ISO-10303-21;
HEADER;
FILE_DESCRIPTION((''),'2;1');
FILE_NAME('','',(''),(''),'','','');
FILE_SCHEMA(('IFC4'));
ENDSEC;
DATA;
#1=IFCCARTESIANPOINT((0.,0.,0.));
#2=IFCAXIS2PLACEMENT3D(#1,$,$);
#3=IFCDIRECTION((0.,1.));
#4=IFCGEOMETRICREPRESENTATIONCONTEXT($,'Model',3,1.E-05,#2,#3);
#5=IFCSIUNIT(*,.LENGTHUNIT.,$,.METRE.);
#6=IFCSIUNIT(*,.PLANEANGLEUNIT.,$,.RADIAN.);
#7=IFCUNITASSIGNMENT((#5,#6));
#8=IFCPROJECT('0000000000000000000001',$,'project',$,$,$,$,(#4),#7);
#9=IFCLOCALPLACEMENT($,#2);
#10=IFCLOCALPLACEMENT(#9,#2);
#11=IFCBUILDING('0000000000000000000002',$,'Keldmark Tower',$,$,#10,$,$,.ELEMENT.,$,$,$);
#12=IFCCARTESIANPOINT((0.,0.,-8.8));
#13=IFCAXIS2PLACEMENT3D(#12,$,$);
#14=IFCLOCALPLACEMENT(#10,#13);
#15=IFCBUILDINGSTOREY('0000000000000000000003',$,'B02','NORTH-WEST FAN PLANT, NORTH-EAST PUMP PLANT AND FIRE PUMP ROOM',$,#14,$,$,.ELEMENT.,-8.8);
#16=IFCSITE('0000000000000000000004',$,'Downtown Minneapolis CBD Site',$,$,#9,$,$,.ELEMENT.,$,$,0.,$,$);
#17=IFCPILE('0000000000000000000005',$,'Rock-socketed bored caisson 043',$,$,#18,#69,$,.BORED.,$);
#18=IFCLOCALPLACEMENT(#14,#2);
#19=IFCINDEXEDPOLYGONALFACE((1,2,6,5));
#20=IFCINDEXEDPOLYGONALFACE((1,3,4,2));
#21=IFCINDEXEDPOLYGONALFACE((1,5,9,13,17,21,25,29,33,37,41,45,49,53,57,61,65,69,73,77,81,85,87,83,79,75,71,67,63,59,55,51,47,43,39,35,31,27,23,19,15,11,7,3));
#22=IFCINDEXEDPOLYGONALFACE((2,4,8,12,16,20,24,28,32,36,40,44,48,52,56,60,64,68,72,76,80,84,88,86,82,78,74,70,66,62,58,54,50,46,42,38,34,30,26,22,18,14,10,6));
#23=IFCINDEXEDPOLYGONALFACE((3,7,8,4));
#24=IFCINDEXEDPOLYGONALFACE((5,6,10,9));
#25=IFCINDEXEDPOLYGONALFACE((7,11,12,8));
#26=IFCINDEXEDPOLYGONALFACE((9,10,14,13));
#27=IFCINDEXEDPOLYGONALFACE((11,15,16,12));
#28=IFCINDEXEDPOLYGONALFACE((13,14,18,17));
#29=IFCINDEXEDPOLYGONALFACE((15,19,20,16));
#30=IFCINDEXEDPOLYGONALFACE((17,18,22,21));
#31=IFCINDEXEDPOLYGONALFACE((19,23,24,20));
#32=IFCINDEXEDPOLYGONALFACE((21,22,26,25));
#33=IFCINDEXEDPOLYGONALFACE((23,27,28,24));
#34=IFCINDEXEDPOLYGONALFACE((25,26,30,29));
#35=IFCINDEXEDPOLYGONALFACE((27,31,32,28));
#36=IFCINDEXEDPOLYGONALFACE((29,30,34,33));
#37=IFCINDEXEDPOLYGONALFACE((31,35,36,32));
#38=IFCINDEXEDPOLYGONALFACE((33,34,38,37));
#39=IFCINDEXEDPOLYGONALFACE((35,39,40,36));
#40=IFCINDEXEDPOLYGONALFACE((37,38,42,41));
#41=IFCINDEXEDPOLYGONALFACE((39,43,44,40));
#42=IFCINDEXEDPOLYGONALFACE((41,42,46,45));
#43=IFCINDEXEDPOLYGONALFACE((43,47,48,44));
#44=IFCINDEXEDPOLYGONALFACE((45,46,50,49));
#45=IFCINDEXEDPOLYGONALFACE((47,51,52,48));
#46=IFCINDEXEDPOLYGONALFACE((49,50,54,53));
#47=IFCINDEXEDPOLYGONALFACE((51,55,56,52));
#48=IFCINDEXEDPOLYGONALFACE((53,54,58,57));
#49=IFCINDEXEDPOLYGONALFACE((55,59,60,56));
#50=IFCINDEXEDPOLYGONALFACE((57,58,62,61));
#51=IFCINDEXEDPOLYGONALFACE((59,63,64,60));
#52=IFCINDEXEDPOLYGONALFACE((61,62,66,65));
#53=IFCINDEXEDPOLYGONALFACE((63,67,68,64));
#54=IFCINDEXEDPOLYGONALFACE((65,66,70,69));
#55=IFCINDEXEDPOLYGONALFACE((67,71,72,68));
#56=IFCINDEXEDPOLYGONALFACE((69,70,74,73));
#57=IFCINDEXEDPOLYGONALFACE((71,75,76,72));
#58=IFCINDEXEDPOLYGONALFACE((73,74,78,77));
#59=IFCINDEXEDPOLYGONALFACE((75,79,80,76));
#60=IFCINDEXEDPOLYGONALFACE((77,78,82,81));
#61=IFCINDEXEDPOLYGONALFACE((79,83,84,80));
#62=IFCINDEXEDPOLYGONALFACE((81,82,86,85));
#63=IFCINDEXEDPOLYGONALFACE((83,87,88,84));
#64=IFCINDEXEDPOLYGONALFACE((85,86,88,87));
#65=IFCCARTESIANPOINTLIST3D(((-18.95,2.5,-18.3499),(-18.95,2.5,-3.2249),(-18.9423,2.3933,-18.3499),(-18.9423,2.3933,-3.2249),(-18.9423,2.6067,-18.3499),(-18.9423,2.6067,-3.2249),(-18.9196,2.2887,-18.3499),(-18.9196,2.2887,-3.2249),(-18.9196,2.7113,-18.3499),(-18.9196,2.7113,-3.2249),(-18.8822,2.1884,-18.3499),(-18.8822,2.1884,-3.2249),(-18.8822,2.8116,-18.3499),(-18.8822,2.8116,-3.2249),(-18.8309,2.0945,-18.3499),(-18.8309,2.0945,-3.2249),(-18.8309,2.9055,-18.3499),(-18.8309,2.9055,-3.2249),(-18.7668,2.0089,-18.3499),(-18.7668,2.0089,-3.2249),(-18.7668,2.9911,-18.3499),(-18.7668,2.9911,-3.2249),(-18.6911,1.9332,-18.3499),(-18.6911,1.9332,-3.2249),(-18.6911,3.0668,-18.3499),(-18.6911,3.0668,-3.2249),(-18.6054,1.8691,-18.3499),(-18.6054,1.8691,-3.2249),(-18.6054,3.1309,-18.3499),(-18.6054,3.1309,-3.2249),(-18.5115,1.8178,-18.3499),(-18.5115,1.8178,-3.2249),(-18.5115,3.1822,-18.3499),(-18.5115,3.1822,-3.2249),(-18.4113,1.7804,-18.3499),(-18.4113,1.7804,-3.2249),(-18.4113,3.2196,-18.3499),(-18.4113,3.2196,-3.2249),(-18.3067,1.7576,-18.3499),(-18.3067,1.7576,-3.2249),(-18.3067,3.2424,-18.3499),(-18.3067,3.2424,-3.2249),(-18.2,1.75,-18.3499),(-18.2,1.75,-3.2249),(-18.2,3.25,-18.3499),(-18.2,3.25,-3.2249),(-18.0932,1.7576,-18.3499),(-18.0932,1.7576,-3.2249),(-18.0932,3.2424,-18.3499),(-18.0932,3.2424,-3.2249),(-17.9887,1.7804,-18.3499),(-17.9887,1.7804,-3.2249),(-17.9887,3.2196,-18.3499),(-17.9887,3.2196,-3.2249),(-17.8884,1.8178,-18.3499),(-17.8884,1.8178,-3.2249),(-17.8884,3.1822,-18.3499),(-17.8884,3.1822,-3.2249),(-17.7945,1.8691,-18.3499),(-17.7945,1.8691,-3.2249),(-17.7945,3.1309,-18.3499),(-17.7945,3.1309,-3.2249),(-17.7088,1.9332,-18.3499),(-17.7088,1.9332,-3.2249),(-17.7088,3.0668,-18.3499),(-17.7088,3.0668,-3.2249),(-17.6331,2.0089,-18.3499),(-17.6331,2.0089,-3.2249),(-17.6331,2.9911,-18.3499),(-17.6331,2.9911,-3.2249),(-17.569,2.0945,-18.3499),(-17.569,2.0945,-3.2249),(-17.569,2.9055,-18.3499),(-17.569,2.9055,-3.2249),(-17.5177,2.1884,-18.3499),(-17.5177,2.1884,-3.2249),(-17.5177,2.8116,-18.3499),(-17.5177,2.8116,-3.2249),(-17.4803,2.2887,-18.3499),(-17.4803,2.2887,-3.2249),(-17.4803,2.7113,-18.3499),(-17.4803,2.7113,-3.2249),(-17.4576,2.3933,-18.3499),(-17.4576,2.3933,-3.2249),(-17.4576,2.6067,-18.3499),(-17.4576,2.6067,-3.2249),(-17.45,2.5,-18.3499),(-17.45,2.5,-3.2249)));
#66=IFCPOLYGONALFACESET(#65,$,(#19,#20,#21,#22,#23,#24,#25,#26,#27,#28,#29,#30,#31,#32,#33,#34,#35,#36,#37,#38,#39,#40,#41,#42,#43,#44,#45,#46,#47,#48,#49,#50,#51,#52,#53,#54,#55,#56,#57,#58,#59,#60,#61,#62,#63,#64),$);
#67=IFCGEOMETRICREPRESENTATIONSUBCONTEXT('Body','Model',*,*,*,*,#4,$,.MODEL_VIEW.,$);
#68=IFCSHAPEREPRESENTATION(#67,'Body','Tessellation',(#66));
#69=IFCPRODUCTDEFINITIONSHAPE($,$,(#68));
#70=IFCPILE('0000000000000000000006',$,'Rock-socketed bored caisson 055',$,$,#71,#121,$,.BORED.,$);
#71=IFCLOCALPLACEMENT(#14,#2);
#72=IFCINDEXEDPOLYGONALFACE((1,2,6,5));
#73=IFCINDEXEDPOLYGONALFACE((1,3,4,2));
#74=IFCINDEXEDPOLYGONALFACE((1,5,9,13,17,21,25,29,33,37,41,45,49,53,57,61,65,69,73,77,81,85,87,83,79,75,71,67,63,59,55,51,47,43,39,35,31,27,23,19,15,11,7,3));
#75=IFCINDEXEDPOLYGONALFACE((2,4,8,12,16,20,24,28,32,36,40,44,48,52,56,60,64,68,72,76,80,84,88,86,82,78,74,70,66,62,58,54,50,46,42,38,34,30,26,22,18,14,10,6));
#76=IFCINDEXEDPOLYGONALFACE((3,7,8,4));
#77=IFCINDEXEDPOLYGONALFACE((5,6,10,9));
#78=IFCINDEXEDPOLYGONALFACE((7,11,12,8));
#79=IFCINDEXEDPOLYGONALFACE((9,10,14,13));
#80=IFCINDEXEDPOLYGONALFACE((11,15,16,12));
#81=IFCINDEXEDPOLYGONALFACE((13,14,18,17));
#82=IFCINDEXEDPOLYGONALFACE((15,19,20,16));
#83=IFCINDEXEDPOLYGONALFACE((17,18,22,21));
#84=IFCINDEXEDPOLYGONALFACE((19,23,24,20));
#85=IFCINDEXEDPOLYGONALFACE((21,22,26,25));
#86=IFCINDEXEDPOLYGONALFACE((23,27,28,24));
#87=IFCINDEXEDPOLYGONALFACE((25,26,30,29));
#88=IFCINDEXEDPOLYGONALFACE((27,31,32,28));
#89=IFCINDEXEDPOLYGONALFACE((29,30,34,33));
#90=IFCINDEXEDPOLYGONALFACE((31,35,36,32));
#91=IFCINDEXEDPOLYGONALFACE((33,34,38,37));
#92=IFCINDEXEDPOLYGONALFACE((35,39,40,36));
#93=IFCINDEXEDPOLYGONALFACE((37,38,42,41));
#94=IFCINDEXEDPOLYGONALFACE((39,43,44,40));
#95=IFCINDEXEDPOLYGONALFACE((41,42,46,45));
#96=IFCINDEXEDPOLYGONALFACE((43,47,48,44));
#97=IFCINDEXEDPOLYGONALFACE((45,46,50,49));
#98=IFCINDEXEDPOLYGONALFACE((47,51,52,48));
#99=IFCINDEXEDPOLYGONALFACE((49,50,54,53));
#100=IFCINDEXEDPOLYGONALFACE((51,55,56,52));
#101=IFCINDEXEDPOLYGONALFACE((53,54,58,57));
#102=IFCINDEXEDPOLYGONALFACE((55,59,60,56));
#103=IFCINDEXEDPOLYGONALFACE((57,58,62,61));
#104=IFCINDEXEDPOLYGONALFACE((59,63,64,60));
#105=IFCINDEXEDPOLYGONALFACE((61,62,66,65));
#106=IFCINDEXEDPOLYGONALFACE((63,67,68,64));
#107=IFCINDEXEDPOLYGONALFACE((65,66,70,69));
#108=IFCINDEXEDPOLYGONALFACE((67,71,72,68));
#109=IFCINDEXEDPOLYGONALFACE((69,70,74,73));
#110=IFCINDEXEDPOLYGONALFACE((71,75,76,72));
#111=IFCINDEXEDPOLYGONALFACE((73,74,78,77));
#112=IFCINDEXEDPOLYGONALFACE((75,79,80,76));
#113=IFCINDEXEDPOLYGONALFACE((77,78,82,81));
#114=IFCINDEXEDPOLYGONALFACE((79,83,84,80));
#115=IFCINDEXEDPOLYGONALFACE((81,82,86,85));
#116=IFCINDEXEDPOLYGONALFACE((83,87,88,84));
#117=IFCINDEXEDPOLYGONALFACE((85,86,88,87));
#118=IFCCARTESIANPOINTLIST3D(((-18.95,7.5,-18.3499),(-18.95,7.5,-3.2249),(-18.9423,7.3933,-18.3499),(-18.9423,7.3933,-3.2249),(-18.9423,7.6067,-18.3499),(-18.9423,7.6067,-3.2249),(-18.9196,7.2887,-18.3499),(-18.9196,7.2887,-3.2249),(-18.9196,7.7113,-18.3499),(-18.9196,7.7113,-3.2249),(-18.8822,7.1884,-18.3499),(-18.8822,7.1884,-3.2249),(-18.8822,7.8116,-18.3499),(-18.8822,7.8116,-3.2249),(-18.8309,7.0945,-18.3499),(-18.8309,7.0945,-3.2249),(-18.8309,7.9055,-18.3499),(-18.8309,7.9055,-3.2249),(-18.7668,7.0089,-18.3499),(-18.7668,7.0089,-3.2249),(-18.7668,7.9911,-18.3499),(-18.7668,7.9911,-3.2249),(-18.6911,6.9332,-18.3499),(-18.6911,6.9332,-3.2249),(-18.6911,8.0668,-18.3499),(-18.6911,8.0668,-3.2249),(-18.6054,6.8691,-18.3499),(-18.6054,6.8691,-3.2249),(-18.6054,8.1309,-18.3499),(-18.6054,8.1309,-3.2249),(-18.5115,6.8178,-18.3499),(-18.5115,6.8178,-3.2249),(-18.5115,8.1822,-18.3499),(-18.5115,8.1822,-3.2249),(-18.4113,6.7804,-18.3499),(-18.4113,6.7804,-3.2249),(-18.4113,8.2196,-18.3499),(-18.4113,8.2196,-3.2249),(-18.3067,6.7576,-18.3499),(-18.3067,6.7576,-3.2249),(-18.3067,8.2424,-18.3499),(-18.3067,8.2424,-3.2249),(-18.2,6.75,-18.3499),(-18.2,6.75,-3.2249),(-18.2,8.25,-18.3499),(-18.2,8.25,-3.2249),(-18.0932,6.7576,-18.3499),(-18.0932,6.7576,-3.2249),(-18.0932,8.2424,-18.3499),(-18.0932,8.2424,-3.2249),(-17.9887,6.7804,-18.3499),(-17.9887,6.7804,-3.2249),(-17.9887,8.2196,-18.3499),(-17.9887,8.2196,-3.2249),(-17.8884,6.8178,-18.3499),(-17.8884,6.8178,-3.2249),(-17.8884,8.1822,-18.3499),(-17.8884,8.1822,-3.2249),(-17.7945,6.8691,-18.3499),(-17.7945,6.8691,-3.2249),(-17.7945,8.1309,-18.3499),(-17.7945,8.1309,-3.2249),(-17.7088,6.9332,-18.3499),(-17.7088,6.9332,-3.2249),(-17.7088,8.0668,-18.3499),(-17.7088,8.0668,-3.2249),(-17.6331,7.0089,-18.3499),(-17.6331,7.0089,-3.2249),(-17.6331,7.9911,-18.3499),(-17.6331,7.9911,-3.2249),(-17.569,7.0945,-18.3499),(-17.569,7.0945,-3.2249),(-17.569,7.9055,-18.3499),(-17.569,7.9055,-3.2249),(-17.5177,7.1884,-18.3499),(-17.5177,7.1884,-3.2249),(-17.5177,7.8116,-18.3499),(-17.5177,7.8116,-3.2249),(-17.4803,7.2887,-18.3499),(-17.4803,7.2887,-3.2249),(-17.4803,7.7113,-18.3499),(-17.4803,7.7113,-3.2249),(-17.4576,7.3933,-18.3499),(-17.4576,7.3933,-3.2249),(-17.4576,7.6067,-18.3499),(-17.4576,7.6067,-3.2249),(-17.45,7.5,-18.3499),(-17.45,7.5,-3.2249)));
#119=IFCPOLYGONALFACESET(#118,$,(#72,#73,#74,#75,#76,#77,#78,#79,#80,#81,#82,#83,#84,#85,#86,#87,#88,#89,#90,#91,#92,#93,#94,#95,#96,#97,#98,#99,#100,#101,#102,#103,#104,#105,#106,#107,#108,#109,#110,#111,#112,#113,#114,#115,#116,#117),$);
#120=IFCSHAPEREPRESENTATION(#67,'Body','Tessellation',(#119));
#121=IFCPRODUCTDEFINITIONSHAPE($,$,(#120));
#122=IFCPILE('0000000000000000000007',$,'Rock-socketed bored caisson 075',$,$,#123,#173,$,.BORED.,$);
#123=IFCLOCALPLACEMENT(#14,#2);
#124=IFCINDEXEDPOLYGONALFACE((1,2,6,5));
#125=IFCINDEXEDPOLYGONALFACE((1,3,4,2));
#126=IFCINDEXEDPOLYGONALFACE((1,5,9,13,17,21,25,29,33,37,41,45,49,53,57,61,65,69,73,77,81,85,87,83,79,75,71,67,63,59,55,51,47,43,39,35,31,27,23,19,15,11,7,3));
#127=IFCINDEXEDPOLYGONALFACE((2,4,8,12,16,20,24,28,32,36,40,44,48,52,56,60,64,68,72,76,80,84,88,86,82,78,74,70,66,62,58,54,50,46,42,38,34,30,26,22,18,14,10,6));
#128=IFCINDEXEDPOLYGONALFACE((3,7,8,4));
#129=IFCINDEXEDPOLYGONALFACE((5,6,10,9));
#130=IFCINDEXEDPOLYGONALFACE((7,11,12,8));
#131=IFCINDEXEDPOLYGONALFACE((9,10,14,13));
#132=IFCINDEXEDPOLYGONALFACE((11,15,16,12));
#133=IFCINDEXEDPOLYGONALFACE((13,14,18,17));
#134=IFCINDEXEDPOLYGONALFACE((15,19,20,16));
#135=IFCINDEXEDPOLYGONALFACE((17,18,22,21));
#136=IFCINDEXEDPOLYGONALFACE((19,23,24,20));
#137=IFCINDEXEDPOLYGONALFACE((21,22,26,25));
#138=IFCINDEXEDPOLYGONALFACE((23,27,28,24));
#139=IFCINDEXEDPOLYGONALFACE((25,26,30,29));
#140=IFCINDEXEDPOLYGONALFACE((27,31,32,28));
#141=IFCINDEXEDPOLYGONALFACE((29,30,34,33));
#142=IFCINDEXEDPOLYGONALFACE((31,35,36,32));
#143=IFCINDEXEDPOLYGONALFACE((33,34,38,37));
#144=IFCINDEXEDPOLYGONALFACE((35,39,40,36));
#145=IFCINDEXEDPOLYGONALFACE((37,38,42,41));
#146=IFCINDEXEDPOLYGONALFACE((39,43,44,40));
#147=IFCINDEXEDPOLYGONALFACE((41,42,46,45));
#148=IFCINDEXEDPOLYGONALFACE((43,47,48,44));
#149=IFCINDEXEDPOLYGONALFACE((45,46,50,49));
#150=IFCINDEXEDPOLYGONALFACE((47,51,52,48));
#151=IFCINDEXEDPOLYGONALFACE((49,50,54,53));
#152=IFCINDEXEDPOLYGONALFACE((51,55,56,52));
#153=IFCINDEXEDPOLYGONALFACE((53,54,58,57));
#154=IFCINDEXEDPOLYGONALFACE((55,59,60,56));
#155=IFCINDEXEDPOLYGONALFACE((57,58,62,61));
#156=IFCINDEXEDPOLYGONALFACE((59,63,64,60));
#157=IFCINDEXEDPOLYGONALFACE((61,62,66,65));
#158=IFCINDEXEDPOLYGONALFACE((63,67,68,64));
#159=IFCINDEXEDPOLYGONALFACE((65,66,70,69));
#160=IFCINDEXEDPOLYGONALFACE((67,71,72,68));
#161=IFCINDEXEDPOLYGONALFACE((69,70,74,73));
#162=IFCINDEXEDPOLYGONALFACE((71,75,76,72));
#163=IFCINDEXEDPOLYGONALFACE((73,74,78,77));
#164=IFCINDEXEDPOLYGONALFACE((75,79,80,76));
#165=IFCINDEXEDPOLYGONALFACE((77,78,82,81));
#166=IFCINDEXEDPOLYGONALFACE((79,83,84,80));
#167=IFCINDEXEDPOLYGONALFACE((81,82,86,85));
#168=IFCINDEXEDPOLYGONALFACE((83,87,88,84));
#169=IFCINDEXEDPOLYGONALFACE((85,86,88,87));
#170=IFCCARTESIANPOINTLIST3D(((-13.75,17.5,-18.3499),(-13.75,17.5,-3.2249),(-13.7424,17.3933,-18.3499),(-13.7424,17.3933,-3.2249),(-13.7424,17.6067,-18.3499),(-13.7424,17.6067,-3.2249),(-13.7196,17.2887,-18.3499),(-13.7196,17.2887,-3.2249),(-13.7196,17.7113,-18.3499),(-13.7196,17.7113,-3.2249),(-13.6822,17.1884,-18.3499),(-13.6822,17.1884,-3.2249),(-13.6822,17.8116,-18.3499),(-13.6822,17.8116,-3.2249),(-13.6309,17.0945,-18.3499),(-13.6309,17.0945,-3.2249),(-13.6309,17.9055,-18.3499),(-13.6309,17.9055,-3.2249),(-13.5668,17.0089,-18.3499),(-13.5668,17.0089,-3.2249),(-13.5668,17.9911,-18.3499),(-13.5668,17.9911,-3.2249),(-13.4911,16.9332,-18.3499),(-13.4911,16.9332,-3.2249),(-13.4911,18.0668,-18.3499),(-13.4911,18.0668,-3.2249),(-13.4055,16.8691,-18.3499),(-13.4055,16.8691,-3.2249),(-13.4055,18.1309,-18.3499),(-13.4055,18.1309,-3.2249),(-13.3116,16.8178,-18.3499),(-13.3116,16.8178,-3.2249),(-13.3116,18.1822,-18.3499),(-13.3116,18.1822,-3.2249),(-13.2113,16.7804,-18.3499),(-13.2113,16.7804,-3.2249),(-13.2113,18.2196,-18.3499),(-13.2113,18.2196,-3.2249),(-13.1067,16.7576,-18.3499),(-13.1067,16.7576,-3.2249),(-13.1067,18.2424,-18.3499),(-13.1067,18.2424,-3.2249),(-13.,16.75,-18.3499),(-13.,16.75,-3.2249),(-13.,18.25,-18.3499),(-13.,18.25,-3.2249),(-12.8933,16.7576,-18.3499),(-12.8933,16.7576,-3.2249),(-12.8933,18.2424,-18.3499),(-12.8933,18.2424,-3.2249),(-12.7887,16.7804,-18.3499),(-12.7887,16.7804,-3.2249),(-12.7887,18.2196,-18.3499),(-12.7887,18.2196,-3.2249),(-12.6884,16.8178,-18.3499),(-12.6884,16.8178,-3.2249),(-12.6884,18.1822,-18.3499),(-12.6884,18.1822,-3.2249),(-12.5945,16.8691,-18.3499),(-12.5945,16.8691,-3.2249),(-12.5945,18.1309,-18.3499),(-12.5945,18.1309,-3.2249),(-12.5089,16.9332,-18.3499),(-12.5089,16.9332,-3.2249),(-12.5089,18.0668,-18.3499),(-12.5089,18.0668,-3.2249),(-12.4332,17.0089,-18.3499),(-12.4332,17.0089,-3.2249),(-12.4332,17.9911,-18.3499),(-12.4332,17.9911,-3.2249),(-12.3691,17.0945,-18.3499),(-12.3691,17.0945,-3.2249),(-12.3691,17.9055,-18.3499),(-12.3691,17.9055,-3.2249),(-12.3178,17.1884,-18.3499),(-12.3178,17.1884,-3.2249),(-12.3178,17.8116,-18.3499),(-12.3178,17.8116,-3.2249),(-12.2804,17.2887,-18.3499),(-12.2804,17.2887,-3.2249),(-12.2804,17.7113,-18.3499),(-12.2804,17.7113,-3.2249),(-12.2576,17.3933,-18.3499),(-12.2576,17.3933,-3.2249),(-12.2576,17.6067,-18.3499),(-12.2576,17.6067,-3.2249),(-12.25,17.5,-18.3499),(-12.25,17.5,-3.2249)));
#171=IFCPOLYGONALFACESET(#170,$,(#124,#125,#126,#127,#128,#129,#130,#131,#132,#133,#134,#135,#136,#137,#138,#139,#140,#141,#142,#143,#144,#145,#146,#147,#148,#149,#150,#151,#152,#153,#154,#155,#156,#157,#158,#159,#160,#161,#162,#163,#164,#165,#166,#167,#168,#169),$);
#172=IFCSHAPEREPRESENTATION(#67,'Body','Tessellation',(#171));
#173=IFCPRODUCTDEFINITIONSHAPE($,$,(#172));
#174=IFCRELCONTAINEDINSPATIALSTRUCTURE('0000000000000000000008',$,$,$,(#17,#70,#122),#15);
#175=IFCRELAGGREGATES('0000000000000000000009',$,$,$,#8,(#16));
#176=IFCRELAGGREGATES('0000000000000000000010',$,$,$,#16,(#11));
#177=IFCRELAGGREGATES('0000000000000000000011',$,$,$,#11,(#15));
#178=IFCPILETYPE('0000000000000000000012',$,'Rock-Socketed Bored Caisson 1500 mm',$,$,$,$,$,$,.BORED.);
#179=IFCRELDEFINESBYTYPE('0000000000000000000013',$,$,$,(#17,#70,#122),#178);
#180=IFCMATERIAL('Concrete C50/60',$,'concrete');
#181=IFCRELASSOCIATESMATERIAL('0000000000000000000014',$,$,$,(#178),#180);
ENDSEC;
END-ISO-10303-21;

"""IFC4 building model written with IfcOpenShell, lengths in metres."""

from ifc_helpers import new_model, si_unit, direction, frame, origin, origin_2d, place, context, subcontext, project, spatial, circle, extrude, material, material_profile, profile_set, type_object, element, save


model = new_model("IFC4")

# Units and contexts
model_context = context("Model", 3, precision=1e-05, world=origin(), true_north=direction((0.0, 1.0)))
body_context = subcontext(model_context, "Body", "Model", "MODEL_VIEW")
ifc_project = project(units=[si_unit("LENGTHUNIT", "METRE"), si_unit("PLANEANGLEUNIT", "RADIAN")], contexts=[model_context])

# Site, building, storey
site_placement = place(None, origin())
site = spatial("IfcSite", under=ifc_project, at=site_placement, Name="Downtown Minneapolis CBD Site", CompositionType="ELEMENT", RefElevation=0.0)
building_placement = place(site_placement, origin())
building = spatial("IfcBuilding", under=site, at=building_placement, Name="Keldmark Tower", CompositionType="ELEMENT")
storey_placement = place(building_placement, frame((0.0, 0.0, -8.8)))
storey = spatial("IfcBuildingStorey", under=building, at=storey_placement, Name="B02", Description="NORTH-WEST FAN PLANT, NORTH-EAST PUMP PLANT AND FIRE PUMP ROOM", CompositionType="ELEMENT", Elevation=-8.8)

# Piles
ifc_material_1 = material(Name="Concrete C50/60", Category="concrete")
ifc_material_profile_1 = material_profile(ifc_material_1, circle(Radius=0.75, at=origin_2d()), Name="CAISSON1500")
ifc_profile_set_1 = profile_set([ifc_material_profile_1], Name="Concrete C50/60")
pile_type_1 = type_object("IfcPileType", Name="Rock-Socketed Bored Caisson 1500 mm", PredefinedType="BORED", material=ifc_profile_set_1)
for number, where, z_axis, x_axis, name in (
    (1, (-18.2, 2.5, -3.2249), (0.0, 0.0, -1.0), (1.0, 0.0, 0.0), "Rock-socketed bored caisson 043"),
    (2, (-18.2, 7.5, -3.2249), (0.0, 0.0, -1.0), (1.0, 0.0, 0.0), "Rock-socketed bored caisson 055"),
    (3, (-13.0, 17.5, -3.2249), (0.0, 0.0, -1.0), (1.0, 0.0, 0.0), "Rock-socketed bored caisson 075"),
):
    element("IfcPile", number, at=place(storey_placement, frame(where, z_axis=z_axis, x_axis=x_axis)), inside=storey, type_object=pile_type_1, Name=name, PredefinedType="BORED", context=body_context, shape_type="SweptSolid", body=[
        extrude(circle(Radius=0.75, at=origin_2d()), origin(), (0.0, 0.0, 1.0), 15.125),
    ])

save(model, "model.ifc")
